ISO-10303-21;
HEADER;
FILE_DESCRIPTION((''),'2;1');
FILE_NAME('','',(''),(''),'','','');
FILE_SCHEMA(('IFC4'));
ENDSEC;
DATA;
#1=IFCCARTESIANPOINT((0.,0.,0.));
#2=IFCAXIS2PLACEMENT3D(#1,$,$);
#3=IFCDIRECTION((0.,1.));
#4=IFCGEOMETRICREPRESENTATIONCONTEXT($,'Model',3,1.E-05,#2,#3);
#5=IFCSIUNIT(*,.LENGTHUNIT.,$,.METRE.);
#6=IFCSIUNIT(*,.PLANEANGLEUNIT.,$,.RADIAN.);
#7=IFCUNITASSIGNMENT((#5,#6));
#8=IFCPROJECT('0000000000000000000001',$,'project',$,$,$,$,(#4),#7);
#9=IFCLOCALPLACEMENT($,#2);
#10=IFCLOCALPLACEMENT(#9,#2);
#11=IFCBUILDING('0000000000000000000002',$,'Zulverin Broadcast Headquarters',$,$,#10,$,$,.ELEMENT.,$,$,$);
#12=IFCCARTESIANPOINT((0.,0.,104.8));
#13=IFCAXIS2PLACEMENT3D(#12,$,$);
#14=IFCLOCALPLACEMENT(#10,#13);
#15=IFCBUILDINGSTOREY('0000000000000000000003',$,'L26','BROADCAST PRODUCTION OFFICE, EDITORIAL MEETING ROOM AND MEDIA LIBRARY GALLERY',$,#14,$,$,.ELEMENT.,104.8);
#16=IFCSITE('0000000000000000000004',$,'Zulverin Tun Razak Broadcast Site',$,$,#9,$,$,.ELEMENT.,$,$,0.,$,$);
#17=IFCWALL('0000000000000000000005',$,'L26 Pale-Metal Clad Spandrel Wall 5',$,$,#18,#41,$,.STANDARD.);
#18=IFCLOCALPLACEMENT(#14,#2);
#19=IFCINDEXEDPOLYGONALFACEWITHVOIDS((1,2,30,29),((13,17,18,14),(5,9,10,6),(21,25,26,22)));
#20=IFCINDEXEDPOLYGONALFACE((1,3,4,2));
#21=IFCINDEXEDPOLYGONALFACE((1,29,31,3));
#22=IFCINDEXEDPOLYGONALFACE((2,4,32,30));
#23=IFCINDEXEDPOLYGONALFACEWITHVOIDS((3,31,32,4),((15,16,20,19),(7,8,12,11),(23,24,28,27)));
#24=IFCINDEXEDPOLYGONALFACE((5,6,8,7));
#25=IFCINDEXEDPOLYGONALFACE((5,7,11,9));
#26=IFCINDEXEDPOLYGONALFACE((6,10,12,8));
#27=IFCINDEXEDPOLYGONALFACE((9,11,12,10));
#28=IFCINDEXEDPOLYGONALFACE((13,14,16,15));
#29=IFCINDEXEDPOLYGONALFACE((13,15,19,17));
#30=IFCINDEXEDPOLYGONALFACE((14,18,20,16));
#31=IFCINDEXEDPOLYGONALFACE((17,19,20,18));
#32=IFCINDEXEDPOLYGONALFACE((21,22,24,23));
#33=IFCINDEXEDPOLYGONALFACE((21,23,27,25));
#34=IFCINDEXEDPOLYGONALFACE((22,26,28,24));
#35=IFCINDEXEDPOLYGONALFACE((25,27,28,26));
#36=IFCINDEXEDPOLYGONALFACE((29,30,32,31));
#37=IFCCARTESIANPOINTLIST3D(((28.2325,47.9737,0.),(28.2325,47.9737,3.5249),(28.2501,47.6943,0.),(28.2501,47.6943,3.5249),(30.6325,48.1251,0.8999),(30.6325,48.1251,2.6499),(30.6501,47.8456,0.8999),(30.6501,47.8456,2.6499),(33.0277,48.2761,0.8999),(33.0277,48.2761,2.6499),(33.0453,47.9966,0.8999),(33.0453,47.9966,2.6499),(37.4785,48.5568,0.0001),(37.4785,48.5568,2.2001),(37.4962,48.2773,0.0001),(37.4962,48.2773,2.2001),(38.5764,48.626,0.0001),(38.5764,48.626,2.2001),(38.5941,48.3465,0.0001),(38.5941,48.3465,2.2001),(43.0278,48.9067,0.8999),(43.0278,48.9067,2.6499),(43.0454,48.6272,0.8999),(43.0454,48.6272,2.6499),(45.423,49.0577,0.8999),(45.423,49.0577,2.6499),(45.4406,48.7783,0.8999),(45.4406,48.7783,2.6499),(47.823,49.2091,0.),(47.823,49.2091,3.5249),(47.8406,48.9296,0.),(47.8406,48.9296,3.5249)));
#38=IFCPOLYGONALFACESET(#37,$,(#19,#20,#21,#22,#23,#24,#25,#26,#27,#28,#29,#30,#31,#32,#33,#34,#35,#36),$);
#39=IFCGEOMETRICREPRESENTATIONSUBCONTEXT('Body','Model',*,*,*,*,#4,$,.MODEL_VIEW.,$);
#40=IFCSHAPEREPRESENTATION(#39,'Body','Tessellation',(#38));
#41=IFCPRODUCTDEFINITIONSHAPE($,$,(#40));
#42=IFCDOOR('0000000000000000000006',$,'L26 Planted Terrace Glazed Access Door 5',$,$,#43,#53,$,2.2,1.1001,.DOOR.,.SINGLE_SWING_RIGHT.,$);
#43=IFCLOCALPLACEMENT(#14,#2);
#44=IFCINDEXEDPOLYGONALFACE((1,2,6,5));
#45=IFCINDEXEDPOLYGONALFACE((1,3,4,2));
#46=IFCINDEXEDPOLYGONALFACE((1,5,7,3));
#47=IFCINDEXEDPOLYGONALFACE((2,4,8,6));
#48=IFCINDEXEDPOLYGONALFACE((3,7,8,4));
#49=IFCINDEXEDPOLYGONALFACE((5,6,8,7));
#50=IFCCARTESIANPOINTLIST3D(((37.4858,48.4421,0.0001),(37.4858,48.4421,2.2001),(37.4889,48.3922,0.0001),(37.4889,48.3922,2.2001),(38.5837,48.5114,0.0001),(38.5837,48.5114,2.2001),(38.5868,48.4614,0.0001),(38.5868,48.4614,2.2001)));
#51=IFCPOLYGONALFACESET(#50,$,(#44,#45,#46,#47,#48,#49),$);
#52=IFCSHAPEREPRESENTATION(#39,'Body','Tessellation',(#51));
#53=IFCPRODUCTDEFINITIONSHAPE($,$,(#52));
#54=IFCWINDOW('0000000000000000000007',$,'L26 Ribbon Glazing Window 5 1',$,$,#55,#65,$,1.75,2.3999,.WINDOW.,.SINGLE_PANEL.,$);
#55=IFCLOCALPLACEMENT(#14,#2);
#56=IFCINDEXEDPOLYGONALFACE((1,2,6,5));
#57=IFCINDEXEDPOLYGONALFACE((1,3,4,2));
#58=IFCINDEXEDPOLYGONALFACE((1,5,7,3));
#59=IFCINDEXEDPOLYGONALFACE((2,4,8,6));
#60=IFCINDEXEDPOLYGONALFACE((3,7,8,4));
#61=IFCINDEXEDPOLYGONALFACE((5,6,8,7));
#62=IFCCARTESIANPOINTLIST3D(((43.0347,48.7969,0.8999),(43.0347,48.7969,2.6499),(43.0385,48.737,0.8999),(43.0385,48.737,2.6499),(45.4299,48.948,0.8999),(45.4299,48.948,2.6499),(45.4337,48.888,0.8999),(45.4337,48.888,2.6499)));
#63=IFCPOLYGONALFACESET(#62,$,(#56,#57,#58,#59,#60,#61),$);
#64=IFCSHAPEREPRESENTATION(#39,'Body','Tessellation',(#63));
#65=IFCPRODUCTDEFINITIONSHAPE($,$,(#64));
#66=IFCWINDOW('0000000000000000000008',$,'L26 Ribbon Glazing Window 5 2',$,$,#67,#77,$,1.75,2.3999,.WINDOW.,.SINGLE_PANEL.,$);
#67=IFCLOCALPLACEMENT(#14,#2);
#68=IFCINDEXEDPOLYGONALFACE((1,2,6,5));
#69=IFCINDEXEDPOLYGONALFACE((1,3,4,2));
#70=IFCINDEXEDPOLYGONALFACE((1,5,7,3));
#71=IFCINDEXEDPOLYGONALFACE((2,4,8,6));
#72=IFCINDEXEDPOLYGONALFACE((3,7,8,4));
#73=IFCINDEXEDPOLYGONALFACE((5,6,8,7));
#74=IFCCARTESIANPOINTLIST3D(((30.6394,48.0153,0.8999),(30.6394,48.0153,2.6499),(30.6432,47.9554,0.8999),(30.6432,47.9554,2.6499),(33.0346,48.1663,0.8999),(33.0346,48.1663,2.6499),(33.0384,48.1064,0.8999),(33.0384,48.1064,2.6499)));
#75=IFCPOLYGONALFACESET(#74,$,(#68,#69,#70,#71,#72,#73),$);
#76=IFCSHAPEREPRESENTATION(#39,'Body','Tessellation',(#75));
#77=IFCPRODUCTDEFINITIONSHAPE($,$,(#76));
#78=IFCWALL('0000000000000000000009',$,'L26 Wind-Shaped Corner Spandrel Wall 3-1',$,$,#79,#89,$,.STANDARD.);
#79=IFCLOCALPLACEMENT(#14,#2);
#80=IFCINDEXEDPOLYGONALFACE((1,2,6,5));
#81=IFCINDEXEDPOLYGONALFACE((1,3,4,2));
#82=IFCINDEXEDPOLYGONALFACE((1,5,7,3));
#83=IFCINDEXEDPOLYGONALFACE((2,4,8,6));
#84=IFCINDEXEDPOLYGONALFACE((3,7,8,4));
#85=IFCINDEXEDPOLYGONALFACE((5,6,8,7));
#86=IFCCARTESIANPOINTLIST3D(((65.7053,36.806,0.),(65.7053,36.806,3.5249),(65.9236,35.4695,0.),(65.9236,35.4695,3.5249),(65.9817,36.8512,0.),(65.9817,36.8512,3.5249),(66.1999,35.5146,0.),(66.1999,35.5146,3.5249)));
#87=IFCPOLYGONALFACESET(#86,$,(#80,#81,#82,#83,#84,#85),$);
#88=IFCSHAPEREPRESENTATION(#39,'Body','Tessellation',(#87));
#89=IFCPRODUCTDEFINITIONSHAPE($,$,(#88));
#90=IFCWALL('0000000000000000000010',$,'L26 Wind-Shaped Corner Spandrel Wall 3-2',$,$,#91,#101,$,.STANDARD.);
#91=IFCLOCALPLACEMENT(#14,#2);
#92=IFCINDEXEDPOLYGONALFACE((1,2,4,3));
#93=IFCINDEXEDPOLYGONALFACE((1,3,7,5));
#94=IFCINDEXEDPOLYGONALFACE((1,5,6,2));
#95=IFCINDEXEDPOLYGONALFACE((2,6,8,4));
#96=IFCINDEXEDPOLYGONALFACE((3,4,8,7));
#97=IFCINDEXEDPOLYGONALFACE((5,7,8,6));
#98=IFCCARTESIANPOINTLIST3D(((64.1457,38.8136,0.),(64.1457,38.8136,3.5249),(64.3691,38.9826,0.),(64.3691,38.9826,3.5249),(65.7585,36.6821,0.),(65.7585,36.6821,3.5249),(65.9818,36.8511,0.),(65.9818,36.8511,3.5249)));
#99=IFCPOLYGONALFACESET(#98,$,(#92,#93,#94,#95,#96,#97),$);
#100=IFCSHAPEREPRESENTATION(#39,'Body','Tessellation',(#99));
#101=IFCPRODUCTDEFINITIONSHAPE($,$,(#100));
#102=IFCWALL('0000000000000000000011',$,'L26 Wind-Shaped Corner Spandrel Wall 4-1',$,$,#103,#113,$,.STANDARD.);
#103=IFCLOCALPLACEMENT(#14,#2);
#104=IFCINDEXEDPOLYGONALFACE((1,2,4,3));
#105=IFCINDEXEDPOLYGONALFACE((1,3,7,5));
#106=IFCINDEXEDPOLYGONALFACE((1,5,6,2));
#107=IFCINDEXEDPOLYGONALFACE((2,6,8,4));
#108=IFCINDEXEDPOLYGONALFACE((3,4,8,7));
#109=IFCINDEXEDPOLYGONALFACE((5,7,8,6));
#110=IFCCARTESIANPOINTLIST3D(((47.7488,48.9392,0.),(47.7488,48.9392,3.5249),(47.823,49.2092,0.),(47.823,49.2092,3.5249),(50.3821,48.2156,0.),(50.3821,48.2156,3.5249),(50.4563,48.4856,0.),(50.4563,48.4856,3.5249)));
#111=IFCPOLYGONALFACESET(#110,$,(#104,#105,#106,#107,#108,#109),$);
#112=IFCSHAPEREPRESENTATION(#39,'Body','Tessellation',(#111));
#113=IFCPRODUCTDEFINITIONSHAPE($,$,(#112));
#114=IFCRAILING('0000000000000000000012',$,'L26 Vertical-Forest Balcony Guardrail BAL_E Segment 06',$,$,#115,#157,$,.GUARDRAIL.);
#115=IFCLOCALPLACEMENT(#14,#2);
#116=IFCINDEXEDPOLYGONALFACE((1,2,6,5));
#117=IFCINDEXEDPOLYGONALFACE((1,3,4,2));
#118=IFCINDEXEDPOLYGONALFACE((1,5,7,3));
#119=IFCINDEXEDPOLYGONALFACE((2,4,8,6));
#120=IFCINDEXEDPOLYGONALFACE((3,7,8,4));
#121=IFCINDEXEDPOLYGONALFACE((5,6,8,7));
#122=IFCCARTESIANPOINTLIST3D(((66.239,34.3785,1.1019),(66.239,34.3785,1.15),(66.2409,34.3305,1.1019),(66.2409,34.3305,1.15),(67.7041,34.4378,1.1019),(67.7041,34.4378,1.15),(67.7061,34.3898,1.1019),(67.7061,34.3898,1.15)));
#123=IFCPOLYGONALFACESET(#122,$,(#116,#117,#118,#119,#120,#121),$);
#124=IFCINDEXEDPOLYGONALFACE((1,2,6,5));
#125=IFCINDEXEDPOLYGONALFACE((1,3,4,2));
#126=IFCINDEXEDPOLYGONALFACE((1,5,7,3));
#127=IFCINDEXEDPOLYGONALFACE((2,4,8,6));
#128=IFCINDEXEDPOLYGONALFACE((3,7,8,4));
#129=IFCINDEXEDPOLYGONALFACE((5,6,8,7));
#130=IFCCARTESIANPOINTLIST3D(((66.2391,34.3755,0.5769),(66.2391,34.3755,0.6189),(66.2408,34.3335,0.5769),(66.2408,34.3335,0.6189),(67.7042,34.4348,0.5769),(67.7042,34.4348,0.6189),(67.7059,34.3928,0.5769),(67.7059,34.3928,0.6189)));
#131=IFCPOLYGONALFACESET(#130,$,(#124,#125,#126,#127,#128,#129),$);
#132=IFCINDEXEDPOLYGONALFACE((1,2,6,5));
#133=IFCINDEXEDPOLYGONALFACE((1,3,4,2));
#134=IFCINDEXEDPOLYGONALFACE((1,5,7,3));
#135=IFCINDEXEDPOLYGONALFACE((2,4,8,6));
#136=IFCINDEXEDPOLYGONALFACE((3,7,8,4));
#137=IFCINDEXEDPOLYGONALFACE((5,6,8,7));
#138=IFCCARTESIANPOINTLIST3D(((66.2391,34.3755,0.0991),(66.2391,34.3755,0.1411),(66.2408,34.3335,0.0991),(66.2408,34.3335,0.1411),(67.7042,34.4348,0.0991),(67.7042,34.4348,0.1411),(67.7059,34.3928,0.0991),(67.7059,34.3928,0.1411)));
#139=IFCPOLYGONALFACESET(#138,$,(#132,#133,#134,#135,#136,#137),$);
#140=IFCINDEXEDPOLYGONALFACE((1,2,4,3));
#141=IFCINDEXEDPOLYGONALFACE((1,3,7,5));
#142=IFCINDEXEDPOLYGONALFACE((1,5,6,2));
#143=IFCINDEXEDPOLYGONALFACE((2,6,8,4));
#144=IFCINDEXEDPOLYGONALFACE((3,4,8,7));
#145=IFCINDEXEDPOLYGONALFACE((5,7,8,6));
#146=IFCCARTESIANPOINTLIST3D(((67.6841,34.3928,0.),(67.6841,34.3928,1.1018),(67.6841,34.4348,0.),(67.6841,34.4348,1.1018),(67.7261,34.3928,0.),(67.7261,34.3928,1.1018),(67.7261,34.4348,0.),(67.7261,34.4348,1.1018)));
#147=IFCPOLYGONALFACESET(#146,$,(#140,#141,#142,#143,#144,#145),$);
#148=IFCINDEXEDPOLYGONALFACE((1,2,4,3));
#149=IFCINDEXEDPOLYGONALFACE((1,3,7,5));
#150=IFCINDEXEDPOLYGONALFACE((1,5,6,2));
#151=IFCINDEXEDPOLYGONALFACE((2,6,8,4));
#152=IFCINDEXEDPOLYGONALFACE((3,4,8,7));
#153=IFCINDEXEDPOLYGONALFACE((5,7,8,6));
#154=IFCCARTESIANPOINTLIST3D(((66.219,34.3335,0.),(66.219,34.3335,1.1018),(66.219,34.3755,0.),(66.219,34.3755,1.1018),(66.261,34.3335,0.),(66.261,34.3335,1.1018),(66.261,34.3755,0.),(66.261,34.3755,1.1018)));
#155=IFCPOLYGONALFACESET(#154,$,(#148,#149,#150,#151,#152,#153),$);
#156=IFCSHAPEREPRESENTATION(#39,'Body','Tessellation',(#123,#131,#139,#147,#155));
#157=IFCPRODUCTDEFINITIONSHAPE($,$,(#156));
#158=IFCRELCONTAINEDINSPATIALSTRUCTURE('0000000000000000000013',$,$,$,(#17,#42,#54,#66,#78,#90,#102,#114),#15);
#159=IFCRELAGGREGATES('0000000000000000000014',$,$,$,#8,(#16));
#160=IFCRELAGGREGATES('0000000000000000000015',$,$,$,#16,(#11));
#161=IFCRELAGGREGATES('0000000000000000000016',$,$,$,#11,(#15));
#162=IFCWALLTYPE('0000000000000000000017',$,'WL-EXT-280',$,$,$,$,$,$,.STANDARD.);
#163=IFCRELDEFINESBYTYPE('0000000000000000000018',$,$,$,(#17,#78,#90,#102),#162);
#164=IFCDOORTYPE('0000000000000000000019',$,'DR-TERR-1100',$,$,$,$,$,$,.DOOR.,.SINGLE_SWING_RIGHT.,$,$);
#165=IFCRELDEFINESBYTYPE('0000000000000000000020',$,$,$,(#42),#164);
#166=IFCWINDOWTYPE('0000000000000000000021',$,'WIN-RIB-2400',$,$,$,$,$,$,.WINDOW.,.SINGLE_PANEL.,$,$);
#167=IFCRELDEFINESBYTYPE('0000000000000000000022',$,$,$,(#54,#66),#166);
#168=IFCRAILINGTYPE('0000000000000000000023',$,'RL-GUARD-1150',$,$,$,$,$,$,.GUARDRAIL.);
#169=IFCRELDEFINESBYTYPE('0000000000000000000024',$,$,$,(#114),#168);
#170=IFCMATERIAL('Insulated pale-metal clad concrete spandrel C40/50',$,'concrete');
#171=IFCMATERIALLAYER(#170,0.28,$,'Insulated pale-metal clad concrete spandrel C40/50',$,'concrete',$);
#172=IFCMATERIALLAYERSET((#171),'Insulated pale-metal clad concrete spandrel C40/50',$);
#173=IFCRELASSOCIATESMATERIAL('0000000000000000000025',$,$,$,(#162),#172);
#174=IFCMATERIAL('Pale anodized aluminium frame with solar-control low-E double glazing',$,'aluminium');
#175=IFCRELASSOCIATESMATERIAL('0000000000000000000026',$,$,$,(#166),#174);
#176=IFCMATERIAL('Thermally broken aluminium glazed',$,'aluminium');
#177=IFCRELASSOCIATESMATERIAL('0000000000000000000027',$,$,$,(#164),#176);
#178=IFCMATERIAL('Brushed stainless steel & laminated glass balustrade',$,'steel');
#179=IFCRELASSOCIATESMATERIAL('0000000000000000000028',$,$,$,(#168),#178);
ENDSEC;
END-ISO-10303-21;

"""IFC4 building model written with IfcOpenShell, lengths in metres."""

from ifc_helpers import new_model, si_unit, direction, frame, frame_2d, origin, origin_2d, place, context, subcontext, project, spatial, rectangle, extrude, material, layer, layer_set, type_object, element, fill, save


model = new_model("IFC4")

# Units and contexts
model_context = context("Model", 3, precision=1e-05, world=origin(), true_north=direction((0.0, 1.0)))
body_context = subcontext(model_context, "Body", "Model", "MODEL_VIEW")
ifc_project = project(units=[si_unit("LENGTHUNIT", "METRE"), si_unit("PLANEANGLEUNIT", "RADIAN")], contexts=[model_context])

# Site, building, storey
site_placement = place(None, origin())
site = spatial("IfcSite", under=ifc_project, at=site_placement, Name="Zulverin Tun Razak Broadcast Site", CompositionType="ELEMENT", RefElevation=0.0)
building_placement = place(site_placement, origin())
building = spatial("IfcBuilding", under=site, at=building_placement, Name="Zulverin Broadcast Headquarters", CompositionType="ELEMENT")
storey_placement = place(building_placement, frame((0.0, 0.0, 104.8)))
storey = spatial("IfcBuildingStorey", under=building, at=storey_placement, Name="L26", Description="BROADCAST PRODUCTION OFFICE, EDITORIAL MEETING ROOM AND MEDIA LIBRARY GALLERY", CompositionType="ELEMENT", Elevation=104.8)

# Shared definitions
ifc_material_1 = material(Name="Insulated pale-metal clad concrete spandrel C40/50", Category="concrete")
ifc_layer_1 = layer(ifc_material_1, 0.28, Name="Insulated pale-metal clad concrete spandrel C40/50", Category="concrete")
ifc_layer_set_1 = layer_set([ifc_layer_1], Name="Insulated pale-metal clad concrete spandrel C40/50")
wall_type = type_object("IfcWallType", Name="WL-EXT-280", PredefinedType="STANDARD", material=ifc_layer_set_1)
ifc_material_2 = material(Name="Pale anodized aluminium frame with solar-control low-E double glazing", Category="aluminium")
window_type = type_object("IfcWindowType", Name="WIN-RIB-2400", PartitioningType="SINGLE_PANEL", PredefinedType="WINDOW", material=ifc_material_2)

# Wall, openings, door, windows
wall_1_placement = place(storey_placement, frame((47.8318, 49.0693, 0.0), z_axis=(0.0, 0.0, 1.0), x_axis=(-0.998018, -0.062933, 0.0)))
wall_1 = element("IfcWall", 1, at=wall_1_placement, inside=storey, type_object=wall_type, Name="L26 Pale-Metal Clad Spandrel Wall 5", PredefinedType="STANDARD", context=body_context, shape_type="SweptSolid", body=[
    extrude(rectangle(XDim=19.6294, YDim=0.28, at=frame_2d((9.8147, 0.0))), origin(), (0.0, 0.0, 1.0), 3.5249),
])
opening_1_placement = place(wall_1_placement, frame((9.2649, 0.0, 0.0)))
opening_1 = element("IfcOpeningElement", 2, at=opening_1_placement, cuts=wall_1, PredefinedType="OPENING", context=body_context, shape_type="SweptSolid", body=[
    extrude(rectangle(XDim=1.1001, YDim=2.2, at=frame_2d((0.55, 1.1001))), frame((0.0, 0.1499, 0.0), z_axis=(0.0, -1.0, 0.0), x_axis=(1.0, 0.0, 0.0)), (0.0, 0.0, 1.0), 0.3),
])
opening_2_placement = place(wall_1_placement, frame((2.4048, 0.0, 0.8999)))
opening_2 = element("IfcOpeningElement", 3, at=opening_2_placement, cuts=wall_1, PredefinedType="OPENING", context=body_context, shape_type="SweptSolid", body=[
    extrude(rectangle(XDim=2.3999, YDim=1.75, at=frame_2d((1.2, 0.875))), frame((0.0, 0.1499, 0.0), z_axis=(0.0, -1.0, 0.0), x_axis=(1.0, 0.0, 0.0)), (0.0, 0.0, 1.0), 0.3),
])
opening_3_placement = place(wall_1_placement, frame((14.8247, 0.0, 0.8999)))
opening_3 = element("IfcOpeningElement", 4, at=opening_3_placement, cuts=wall_1, PredefinedType="OPENING", context=body_context, shape_type="SweptSolid", body=[
    extrude(rectangle(XDim=2.3999, YDim=1.75, at=frame_2d((1.2, 0.875))), frame((0.0, 0.1499, 0.0), z_axis=(0.0, -1.0, 0.0), x_axis=(1.0, 0.0, 0.0)), (0.0, 0.0, 1.0), 0.3),
])
ifc_material_3 = material(Name="Thermally broken aluminium glazed", Category="aluminium")
door_type = type_object("IfcDoorType", Name="DR-TERR-1100", OperationType="SINGLE_SWING_RIGHT", PredefinedType="DOOR", material=ifc_material_3)
door_placement = place(opening_1_placement, origin())
door = element("IfcDoor", 5, at=door_placement, inside=storey, type_object=door_type, Name="L26 Planted Terrace Glazed Access Door 5", OperationType="SINGLE_SWING_RIGHT", OverallHeight=2.2, OverallWidth=1.1001, PredefinedType="DOOR", context=body_context, shape_type="SweptSolid", body=[
    extrude(rectangle(XDim=1.1001, YDim=2.2, at=frame_2d((0.55, 1.1001))), frame((0.0, 0.0249, 0.0), z_axis=(0.0, -1.0, 0.0), x_axis=(1.0, 0.0, 0.0)), (0.0, 0.0, 1.0), 0.05),
])
fill(opening_1, door)
window_1_placement = place(opening_2_placement, origin())
window_1 = element("IfcWindow", 6, at=window_1_placement, inside=storey, type_object=window_type, Name="L26 Ribbon Glazing Window 5 1", OverallHeight=1.75, OverallWidth=2.3999, PartitioningType="SINGLE_PANEL", PredefinedType="WINDOW", context=body_context, shape_type="SweptSolid", body=[
    extrude(rectangle(XDim=2.3999, YDim=1.75, at=frame_2d((1.2, 0.875))), frame((0.0, 0.03, 0.0), z_axis=(0.0, -1.0, 0.0), x_axis=(1.0, 0.0, 0.0)), (0.0, 0.0, 1.0), 0.0601),
])
fill(opening_2, window_1)
window_2_placement = place(opening_3_placement, origin())
window_2 = element("IfcWindow", 7, at=window_2_placement, inside=storey, type_object=window_type, Name="L26 Ribbon Glazing Window 5 2", OverallHeight=1.75, OverallWidth=2.3999, PartitioningType="SINGLE_PANEL", PredefinedType="WINDOW", context=body_context, shape_type="SweptSolid", body=[
    extrude(rectangle(XDim=2.3999, YDim=1.75, at=frame_2d((1.2, 0.875))), frame((0.0, 0.03, 0.0), z_axis=(0.0, -1.0, 0.0), x_axis=(1.0, 0.0, 0.0)), (0.0, 0.0, 1.0), 0.0601),
])
fill(opening_3, window_2)

# Walls
wall_2_placement = place(storey_placement, frame((66.0618, 35.4919, 0.0), z_axis=(0.0, 0.0, 1.0), x_axis=(-0.161182, 0.986925, 0.0)))
element("IfcWall", 8, at=wall_2_placement, inside=storey, type_object=wall_type, Name="L26 Wind-Shaped Corner Spandrel Wall 3-1", PredefinedType="STANDARD", context=body_context, shape_type="SweptSolid", body=[
    extrude(rectangle(XDim=1.3542, YDim=0.28, at=frame_2d((0.6772, 0.0))), origin(), (0.0, 0.0, 1.0), 3.5249),
])
wall_3_placement = place(storey_placement, frame((65.8701, 36.7666, 0.0), z_axis=(0.0, 0.0, 1.0), x_axis=(-0.60337, 0.797461, 0.0)))
element("IfcWall", 9, at=wall_3_placement, inside=storey, type_object=wall_type, Name="L26 Wind-Shaped Corner Spandrel Wall 3-2", PredefinedType="STANDARD", context=body_context, shape_type="SweptSolid", body=[
    extrude(rectangle(XDim=2.6729, YDim=0.28, at=frame_2d((1.3364, 0.0))), origin(), (0.0, 0.0, 1.0), 3.5249),
])
wall_4_placement = place(storey_placement, frame((50.4192, 48.3506, 0.0), z_axis=(0.0, 0.0, 1.0), x_axis=(-0.964255, 0.264978, 0.0)))
element("IfcWall", 10, at=wall_4_placement, inside=storey, type_object=wall_type, Name="L26 Wind-Shaped Corner Spandrel Wall 4-1", PredefinedType="STANDARD", context=body_context, shape_type="SweptSolid", body=[
    extrude(rectangle(XDim=2.731, YDim=0.28, at=frame_2d((1.3655, 0.0))), origin(), (0.0, 0.0, 1.0), 3.5249),
])

# Railing
ifc_material_4 = material(Name="Brushed stainless steel & laminated glass balustrade", Category="steel")
railing_type = type_object("IfcRailingType", Name="RL-GUARD-1150", PredefinedType="GUARDRAIL", material=ifc_material_4)
railing_1_placement = place(storey_placement, frame((67.7051, 34.4138, 0.0)))
element("IfcRailing", 11, at=railing_1_placement, inside=storey, type_object=railing_type, Name="L26 Vertical-Forest Balcony Guardrail BAL_E Segment 06", PredefinedType="GUARDRAIL", context=body_context, shape_type="SweptSolid", body=[
    extrude(rectangle(XDim=0.0481, YDim=0.0481, at=origin_2d()), frame((0.0, 0.0, 1.126), z_axis=(-0.999181, -0.04046, 0.0), x_axis=(0.04046, -0.999181, 0.0)), (0.0, 0.0, 1.0), 1.4663),
    extrude(rectangle(XDim=0.042, YDim=0.042, at=origin_2d()), frame((0.0, 0.0, 0.5979), z_axis=(-0.999181, -0.04046, 0.0), x_axis=(0.04046, -0.999181, 0.0)), (0.0, 0.0, 1.0), 1.4663),
    extrude(rectangle(XDim=0.042, YDim=0.042, at=origin_2d()), frame((0.0, 0.0, 0.1201), z_axis=(-0.999181, -0.04046, 0.0), x_axis=(0.04046, -0.999181, 0.0)), (0.0, 0.0, 1.0), 1.4663),
    extrude(rectangle(XDim=0.042, YDim=0.042, at=origin_2d()), origin(), (0.0, 0.0, 1.0), 1.1018),
    extrude(rectangle(XDim=0.042, YDim=0.042, at=origin_2d()), frame((-1.4651, -0.0593, 0.0)), (0.0, 0.0, 1.0), 1.1018),
])

save(model, "model.ifc")
